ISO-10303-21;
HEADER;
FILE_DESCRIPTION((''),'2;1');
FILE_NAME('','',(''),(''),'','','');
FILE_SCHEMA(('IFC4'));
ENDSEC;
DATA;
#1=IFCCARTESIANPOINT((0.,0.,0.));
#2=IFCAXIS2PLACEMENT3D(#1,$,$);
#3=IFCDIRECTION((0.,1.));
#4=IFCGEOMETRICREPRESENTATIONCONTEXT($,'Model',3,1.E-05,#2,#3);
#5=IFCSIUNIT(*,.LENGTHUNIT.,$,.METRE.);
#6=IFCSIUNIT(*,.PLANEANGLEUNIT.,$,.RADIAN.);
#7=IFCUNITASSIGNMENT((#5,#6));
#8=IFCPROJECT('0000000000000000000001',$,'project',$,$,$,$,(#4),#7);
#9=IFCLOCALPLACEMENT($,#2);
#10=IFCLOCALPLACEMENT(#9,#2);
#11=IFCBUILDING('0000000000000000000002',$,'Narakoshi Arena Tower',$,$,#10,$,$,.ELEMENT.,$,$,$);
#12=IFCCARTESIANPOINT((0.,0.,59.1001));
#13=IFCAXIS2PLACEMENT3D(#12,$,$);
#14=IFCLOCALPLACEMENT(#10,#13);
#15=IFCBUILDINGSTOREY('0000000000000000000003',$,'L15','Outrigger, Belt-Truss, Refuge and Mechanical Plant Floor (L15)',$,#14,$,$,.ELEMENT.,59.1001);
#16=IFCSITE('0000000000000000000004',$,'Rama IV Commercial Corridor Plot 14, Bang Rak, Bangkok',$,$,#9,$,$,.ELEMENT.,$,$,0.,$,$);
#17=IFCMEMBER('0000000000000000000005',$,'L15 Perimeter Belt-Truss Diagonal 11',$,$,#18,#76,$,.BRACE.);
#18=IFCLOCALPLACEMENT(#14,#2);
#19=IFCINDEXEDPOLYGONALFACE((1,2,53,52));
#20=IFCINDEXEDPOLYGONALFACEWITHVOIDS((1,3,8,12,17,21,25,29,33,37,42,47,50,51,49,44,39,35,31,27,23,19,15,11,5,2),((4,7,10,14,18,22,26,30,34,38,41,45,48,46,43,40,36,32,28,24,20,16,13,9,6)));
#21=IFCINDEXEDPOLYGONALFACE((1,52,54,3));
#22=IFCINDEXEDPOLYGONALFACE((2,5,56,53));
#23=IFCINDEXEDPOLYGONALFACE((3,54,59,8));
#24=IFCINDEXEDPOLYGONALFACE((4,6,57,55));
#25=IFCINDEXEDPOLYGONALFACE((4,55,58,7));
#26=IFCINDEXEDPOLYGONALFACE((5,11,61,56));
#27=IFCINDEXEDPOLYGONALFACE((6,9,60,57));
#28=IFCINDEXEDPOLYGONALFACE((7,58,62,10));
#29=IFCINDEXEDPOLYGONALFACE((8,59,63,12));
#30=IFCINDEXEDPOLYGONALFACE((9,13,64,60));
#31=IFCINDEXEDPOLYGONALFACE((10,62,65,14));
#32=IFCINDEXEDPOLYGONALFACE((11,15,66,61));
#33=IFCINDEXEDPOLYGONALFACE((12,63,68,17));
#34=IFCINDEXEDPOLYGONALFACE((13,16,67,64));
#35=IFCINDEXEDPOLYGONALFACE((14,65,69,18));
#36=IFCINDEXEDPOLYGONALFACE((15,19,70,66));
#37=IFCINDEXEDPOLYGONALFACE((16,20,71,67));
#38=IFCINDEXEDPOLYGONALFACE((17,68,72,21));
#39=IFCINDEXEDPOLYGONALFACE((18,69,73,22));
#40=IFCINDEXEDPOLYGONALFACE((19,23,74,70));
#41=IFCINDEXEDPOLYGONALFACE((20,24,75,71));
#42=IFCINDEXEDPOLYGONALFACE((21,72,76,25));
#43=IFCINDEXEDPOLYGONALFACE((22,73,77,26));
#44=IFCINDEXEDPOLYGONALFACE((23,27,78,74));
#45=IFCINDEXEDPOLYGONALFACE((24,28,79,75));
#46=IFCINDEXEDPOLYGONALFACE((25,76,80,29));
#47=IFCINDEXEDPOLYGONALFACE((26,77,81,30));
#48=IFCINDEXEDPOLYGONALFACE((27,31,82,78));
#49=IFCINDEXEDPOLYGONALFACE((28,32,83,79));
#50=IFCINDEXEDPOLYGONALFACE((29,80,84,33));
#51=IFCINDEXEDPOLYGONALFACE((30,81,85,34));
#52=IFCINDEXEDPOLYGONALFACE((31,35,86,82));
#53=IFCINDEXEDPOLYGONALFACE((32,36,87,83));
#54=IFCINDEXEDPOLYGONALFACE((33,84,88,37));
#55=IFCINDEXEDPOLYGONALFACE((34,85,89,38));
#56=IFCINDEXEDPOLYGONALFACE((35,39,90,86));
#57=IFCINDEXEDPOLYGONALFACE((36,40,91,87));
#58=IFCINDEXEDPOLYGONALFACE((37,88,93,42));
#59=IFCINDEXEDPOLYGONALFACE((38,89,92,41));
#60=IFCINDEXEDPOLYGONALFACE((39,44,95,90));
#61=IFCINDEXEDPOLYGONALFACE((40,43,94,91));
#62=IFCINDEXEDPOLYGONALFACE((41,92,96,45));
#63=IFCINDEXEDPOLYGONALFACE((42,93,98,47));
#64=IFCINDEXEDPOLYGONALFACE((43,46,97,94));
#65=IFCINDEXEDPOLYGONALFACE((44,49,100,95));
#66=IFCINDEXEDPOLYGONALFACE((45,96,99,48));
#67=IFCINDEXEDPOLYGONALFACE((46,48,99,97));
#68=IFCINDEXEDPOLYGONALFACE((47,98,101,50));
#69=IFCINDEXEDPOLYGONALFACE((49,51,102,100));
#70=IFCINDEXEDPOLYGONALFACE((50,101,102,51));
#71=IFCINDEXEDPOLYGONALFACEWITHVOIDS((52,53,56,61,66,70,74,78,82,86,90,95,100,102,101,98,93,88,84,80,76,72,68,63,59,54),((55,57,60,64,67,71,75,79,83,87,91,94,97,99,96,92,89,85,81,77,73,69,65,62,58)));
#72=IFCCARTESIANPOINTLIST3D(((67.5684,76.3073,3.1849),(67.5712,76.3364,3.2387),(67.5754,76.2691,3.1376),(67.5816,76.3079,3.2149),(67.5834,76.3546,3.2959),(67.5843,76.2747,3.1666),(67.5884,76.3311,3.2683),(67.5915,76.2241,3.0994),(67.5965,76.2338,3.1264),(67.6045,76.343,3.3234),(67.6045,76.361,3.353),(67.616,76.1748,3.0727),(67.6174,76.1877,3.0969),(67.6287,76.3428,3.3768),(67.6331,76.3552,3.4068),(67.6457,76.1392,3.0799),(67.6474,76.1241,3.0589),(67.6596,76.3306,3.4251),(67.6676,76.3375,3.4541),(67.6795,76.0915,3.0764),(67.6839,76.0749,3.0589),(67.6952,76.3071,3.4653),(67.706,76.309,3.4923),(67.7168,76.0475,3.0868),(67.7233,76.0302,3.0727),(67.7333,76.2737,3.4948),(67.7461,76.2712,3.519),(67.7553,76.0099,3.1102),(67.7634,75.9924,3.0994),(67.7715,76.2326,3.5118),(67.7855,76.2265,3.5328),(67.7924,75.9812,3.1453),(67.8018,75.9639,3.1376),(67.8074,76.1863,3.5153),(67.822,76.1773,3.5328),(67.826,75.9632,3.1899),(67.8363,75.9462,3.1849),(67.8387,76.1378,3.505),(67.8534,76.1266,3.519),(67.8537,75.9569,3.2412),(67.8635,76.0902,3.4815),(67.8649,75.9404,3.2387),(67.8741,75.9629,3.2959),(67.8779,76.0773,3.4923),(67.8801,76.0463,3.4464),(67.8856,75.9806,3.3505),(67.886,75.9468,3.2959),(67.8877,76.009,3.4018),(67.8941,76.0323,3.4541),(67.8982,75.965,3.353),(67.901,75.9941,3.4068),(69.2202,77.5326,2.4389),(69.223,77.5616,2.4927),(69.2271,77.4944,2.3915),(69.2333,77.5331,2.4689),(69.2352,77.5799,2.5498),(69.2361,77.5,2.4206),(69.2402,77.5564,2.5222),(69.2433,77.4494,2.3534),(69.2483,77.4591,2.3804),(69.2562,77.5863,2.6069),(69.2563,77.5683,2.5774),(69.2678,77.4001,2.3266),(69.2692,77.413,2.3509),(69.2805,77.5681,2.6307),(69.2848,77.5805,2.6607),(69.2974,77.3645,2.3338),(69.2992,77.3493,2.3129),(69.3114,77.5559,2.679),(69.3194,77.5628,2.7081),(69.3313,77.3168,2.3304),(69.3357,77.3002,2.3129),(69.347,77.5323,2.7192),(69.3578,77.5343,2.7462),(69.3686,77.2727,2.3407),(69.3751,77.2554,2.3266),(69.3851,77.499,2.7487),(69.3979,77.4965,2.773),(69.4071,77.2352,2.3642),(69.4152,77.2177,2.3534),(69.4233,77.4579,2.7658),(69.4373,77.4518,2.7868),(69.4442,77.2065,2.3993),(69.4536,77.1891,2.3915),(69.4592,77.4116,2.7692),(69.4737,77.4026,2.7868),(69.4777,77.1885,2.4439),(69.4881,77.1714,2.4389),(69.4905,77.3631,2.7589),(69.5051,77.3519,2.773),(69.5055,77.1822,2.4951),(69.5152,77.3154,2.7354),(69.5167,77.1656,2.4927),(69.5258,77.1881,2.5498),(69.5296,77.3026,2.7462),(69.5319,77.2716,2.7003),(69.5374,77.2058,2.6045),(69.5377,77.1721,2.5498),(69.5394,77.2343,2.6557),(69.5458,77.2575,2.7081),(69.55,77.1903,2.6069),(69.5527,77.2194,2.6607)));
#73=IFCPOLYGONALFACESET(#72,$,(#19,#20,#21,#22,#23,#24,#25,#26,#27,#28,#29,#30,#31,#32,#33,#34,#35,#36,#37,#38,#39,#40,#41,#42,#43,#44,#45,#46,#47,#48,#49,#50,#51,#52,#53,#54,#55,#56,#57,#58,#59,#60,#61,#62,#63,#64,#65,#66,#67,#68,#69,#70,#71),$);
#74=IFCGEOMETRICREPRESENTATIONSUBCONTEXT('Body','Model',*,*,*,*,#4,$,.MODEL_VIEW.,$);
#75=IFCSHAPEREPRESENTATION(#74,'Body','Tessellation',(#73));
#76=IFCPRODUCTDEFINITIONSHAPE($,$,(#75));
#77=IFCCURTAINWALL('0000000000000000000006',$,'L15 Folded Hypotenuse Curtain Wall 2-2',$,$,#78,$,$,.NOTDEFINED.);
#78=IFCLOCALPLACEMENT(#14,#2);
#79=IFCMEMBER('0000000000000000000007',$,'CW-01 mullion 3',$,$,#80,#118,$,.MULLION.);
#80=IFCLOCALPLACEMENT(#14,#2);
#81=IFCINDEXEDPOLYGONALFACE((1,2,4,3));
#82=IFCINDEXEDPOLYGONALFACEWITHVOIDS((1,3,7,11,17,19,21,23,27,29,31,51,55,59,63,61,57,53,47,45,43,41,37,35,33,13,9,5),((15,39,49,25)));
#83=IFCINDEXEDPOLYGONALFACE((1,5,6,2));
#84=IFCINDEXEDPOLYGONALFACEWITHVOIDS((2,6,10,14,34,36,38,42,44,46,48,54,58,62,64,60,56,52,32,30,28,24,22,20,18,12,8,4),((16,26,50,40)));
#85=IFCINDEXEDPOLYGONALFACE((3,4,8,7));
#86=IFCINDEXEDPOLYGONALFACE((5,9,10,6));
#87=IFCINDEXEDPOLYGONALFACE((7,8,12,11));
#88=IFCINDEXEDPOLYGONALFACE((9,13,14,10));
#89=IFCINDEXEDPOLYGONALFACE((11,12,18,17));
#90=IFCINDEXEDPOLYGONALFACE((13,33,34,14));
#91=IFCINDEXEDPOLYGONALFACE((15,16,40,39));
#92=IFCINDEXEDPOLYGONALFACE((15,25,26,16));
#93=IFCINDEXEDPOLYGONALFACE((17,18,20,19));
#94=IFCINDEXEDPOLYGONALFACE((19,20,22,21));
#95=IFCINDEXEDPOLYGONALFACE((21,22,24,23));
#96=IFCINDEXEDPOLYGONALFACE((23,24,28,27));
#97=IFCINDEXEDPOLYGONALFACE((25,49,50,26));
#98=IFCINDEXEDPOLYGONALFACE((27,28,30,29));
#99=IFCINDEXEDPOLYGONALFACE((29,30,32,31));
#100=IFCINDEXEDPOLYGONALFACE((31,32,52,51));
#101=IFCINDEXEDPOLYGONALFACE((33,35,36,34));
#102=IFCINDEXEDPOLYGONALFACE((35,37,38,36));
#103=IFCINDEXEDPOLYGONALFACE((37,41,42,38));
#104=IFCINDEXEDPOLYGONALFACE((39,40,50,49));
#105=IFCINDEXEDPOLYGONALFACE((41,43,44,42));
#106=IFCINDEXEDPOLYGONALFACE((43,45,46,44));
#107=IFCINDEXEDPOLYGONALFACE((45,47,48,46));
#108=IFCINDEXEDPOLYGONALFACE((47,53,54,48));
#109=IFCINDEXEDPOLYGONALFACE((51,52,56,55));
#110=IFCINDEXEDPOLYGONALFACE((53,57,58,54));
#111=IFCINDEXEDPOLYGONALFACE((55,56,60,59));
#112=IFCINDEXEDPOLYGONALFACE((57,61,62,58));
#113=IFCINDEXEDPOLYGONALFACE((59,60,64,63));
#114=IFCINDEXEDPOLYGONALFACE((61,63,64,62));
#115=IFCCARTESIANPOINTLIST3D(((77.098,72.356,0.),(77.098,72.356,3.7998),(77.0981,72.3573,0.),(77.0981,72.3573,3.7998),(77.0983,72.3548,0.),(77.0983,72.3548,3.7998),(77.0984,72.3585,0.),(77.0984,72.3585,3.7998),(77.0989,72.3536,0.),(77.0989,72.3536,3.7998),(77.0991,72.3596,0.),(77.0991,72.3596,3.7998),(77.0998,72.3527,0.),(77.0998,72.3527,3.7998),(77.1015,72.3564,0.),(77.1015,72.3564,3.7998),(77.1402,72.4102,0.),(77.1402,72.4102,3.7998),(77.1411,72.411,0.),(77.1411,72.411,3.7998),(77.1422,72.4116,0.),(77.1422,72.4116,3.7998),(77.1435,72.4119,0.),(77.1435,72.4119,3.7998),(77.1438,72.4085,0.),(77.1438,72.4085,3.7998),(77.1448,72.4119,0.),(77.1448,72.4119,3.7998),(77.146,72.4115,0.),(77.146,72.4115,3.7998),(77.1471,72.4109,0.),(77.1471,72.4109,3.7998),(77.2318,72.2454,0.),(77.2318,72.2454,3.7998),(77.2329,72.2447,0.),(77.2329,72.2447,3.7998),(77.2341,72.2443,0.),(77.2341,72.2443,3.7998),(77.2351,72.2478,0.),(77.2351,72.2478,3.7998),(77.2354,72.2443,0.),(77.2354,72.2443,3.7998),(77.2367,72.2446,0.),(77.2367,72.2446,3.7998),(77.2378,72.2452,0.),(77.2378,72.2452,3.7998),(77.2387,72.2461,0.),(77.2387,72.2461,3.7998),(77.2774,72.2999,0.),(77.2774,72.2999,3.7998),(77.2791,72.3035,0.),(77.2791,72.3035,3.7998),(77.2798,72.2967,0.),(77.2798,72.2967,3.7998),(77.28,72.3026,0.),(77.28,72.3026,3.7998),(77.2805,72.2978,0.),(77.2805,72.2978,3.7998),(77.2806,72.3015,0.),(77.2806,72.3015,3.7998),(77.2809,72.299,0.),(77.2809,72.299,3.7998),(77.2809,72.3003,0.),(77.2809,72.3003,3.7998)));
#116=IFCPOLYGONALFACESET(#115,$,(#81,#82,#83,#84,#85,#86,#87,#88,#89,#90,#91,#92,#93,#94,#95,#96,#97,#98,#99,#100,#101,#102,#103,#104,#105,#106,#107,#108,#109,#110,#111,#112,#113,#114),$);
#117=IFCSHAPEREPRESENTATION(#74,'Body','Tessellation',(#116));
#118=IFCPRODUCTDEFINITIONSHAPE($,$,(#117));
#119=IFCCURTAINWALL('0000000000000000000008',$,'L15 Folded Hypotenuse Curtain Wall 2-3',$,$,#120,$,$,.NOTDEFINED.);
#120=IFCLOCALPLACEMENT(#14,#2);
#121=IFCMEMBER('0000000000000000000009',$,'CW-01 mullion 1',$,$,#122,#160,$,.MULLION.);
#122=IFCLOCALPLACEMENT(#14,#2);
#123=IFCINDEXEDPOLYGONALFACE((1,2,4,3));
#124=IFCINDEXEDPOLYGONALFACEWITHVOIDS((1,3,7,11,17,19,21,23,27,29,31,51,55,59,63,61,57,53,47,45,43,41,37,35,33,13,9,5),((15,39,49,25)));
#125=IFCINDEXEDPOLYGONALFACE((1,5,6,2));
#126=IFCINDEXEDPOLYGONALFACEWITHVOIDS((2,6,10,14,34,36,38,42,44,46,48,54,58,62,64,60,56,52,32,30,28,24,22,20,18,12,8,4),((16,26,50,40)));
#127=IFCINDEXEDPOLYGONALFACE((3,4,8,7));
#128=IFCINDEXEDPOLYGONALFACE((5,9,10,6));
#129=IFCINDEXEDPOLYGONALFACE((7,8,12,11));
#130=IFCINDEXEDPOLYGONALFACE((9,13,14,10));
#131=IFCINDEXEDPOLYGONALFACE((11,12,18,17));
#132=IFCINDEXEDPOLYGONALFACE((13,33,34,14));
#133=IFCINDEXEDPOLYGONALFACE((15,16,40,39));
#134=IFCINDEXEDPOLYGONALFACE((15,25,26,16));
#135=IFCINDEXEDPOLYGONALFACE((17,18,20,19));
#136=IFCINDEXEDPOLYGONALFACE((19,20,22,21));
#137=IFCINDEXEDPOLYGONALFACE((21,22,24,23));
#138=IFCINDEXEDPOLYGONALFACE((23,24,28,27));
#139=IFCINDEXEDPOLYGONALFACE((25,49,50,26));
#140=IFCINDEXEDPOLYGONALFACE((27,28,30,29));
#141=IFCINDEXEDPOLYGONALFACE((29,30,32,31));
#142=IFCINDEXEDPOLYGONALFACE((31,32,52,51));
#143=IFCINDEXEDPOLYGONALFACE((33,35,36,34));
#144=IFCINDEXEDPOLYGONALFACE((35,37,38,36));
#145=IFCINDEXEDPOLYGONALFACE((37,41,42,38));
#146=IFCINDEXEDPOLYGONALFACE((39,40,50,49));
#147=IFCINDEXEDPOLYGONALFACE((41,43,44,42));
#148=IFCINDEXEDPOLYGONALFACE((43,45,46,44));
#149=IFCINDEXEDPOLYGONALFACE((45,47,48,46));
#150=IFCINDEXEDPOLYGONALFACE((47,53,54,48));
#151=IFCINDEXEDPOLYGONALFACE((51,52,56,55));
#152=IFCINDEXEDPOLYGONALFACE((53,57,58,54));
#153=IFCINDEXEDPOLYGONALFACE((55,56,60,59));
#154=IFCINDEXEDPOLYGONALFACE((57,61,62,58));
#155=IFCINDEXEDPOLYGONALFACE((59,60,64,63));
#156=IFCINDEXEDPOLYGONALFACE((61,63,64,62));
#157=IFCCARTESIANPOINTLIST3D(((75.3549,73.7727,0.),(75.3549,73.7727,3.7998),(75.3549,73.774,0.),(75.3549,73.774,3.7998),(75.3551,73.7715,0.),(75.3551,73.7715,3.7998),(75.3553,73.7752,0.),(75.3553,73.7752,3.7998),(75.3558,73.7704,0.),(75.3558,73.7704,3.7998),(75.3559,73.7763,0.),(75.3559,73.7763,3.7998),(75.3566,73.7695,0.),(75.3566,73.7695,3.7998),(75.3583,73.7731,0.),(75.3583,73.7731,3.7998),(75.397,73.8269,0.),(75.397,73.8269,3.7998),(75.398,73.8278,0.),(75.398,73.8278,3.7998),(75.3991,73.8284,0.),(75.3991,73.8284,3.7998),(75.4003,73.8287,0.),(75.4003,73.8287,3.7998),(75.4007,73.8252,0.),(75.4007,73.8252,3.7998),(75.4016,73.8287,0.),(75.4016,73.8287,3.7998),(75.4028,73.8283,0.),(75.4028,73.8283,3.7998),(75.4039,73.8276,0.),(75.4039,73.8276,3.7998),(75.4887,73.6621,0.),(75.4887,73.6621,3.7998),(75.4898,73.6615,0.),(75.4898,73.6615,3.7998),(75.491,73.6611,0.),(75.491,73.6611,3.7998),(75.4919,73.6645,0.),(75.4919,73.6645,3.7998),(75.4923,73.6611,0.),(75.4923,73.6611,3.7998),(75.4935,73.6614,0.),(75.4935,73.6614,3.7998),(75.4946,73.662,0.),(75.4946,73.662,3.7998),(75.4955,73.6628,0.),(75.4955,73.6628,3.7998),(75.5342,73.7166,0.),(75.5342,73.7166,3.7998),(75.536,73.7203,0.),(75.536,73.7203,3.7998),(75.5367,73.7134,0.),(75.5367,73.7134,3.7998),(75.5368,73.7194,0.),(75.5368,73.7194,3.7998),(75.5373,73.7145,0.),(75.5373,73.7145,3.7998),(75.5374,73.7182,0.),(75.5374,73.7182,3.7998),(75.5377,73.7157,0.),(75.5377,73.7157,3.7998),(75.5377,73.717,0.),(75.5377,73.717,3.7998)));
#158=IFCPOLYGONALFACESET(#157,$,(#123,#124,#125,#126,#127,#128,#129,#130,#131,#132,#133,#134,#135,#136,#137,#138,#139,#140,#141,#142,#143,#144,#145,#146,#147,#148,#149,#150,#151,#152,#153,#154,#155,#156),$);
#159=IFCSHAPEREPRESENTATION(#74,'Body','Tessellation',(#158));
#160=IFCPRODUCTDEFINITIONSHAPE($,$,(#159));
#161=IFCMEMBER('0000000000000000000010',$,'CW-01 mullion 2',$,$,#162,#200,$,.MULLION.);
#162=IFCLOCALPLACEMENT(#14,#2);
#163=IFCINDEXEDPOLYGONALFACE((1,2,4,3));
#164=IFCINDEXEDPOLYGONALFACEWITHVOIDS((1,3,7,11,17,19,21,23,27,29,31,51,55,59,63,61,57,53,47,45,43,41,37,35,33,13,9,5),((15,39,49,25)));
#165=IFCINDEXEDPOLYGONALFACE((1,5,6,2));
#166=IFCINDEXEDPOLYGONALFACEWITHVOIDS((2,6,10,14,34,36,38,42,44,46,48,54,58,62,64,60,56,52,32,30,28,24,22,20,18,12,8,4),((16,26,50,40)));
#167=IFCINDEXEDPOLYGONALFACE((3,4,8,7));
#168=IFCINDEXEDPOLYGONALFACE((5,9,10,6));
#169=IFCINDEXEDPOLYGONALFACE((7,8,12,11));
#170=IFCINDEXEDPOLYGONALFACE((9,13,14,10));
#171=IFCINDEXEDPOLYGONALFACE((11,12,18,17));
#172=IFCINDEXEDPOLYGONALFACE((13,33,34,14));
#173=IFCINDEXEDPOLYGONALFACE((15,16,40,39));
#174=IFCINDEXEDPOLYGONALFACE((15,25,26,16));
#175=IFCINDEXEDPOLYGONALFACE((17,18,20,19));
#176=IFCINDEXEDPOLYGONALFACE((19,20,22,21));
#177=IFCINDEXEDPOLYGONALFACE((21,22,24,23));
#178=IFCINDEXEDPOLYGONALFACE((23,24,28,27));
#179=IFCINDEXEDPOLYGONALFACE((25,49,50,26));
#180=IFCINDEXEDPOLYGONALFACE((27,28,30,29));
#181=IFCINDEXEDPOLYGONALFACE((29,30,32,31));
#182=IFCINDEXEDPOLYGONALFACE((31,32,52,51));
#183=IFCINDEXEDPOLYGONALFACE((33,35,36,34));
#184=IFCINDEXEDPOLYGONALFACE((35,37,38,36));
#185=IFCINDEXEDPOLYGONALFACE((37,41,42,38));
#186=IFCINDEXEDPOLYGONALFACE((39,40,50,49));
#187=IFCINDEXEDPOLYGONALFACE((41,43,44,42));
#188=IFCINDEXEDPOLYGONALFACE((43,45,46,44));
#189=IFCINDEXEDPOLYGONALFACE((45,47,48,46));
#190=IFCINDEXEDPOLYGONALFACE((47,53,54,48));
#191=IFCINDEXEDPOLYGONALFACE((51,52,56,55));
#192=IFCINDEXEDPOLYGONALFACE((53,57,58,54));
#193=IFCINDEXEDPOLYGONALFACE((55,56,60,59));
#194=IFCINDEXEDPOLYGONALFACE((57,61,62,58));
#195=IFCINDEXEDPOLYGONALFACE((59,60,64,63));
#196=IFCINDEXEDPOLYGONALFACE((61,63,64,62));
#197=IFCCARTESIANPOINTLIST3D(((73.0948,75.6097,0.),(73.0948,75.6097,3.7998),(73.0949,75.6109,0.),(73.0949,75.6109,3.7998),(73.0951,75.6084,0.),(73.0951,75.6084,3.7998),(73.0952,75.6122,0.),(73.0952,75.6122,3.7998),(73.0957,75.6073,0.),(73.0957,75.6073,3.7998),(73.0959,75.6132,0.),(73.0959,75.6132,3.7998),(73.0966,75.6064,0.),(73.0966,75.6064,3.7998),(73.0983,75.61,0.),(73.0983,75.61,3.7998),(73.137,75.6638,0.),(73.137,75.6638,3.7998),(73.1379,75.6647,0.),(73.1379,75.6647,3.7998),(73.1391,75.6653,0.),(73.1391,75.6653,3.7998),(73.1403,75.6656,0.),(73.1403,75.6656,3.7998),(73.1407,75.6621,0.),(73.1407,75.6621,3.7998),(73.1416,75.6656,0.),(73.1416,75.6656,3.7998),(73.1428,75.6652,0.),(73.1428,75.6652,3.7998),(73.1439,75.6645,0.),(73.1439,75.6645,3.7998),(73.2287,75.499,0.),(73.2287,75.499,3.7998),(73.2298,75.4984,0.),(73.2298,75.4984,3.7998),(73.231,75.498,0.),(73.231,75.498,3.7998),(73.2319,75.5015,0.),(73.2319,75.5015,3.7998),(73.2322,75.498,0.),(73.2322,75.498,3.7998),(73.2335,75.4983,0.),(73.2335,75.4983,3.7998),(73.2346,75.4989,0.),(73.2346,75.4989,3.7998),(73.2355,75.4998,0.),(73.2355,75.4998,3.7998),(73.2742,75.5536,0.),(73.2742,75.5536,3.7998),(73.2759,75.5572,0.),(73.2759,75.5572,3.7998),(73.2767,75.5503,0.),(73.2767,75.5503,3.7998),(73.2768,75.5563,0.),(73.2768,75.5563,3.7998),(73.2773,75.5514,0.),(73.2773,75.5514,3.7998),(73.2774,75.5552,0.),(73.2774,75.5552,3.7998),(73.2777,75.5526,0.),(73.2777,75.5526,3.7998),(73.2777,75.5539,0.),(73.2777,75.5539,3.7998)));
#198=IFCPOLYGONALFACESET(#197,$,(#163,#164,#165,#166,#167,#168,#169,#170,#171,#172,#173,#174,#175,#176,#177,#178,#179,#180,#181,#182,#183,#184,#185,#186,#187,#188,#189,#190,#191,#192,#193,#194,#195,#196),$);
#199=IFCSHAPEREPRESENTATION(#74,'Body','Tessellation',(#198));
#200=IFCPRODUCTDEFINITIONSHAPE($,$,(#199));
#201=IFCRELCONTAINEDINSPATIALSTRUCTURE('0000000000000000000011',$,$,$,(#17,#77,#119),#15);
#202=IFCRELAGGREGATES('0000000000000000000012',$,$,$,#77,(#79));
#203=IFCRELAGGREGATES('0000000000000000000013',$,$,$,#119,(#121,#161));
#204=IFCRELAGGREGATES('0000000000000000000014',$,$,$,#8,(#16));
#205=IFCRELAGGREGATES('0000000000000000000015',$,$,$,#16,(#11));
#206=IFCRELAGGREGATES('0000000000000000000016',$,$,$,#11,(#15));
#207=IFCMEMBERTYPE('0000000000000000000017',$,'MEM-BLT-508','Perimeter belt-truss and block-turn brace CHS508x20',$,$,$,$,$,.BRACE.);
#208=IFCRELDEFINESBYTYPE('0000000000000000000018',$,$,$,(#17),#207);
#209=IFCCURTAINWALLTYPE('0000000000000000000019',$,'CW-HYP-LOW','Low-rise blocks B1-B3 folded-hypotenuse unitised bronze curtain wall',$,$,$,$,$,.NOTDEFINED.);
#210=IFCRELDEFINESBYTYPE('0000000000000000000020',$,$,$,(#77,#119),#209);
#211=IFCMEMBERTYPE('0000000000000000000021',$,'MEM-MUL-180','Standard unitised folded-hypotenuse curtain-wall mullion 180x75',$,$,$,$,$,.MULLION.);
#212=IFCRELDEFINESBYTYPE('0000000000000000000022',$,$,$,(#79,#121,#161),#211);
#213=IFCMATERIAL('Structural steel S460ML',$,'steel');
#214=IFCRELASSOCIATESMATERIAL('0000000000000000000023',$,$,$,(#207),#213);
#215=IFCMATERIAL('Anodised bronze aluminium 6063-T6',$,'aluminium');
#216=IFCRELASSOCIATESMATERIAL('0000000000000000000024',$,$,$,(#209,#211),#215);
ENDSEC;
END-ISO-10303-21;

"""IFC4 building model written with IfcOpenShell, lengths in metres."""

from ifc_helpers import new_model, si_unit, direction, frame, origin, origin_2d, place, context, subcontext, project, spatial, hollow_rectangle, hollow_circle, extrude, material, material_profile, profile_set, type_object, element, aggregate, save


model = new_model("IFC4")

# Units and contexts
model_context = context("Model", 3, precision=1e-05, world=origin(), true_north=direction((0.0, 1.0)))
body_context = subcontext(model_context, "Body", "Model", "MODEL_VIEW")
ifc_project = project(units=[si_unit("LENGTHUNIT", "METRE"), si_unit("PLANEANGLEUNIT", "RADIAN")], contexts=[model_context])

# Site, building, storey
site_placement = place(None, origin())
site = spatial("IfcSite", under=ifc_project, at=site_placement, Name="Rama IV Commercial Corridor Plot 14, Bang Rak, Bangkok", CompositionType="ELEMENT", RefElevation=0.0)
building_placement = place(site_placement, origin())
building = spatial("IfcBuilding", under=site, at=building_placement, Name="Narakoshi Arena Tower", CompositionType="ELEMENT")
storey_placement = place(building_placement, frame((0.0, 0.0, 59.1001)))
storey = spatial("IfcBuildingStorey", under=building, at=storey_placement, Name="L15", Description="Outrigger, Belt-Truss, Refuge and Mechanical Plant Floor (L15)", CompositionType="ELEMENT", Elevation=59.1001)

# Shared definitions
ifc_material_1 = material(Name="Structural steel S460ML", Category="steel")

# Member
ifc_material_profile_1 = material_profile(ifc_material_1, hollow_circle(Radius=0.2539, WallThickness=0.02, at=origin_2d()), Name="CHS508x20")
ifc_profile_set_1 = profile_set([ifc_material_profile_1], Name="Structural steel S460ML")
member_type_1 = type_object("IfcMemberType", Name="MEM-BLT-508", Description="Perimeter belt-truss and block-turn brace CHS508x20", PredefinedType="BRACE", material=ifc_profile_set_1)
member_1_placement = place(storey_placement, frame((69.3865, 77.376, 2.5498), z_axis=(-0.755009, -0.560063, 0.341015), x_axis=(0.595775, -0.803151, 0.0)))
element("IfcMember", 1, at=member_1_placement, inside=storey, type_object=member_type_1, Name="L15 Perimeter Belt-Truss Diagonal 11", PredefinedType="BRACE", context=body_context, shape_type="SweptSolid", body=[
    extrude(hollow_circle(Radius=0.2539, WallThickness=0.02, at=origin_2d()), origin(), (0.0, 0.0, 1.0), 2.1877),
])

# Curtain wall, member
ifc_material_2 = material(Name="Anodised bronze aluminium 6063-T6", Category="aluminium")
curtain_wall_type = type_object("IfcCurtainWallType", Name="CW-HYP-LOW", Description="Low-rise blocks B1-B3 folded-hypotenuse unitised bronze curtain wall", PredefinedType="NOTDEFINED", material=ifc_material_2)
curtain_wall_1_placement = place(storey_placement, origin())
curtain_wall_1 = element("IfcCurtainWall", 2, at=curtain_wall_1_placement, inside=storey, type_object=curtain_wall_type, Name="L15 Folded Hypotenuse Curtain Wall 2-2", PredefinedType="NOTDEFINED")
ifc_material_profile_2 = material_profile(ifc_material_2, hollow_rectangle(XDim=0.075, YDim=0.1799, WallThickness=0.0039, OuterFilletRadius=0.0049, at=origin_2d()), Name="MUL180x75x4")
ifc_profile_set_2 = profile_set([ifc_material_profile_2], Name="Anodised bronze aluminium 6063-T6")
member_type_2 = type_object("IfcMemberType", Name="MEM-MUL-180", Description="Standard unitised folded-hypotenuse curtain-wall mullion 180x75", PredefinedType="MULLION", material=ifc_profile_set_2)
member_2_placement = place(storey_placement, frame((77.1895, 72.3281, 0.0), z_axis=(0.0, 0.0, 1.0), x_axis=(-0.630733, -0.776, 0.0)))
member_2 = element("IfcMember", 3, at=member_2_placement, type_object=member_type_2, Name="CW-01 mullion 3", PredefinedType="MULLION", context=body_context, shape_type="SweptSolid", body=[
    extrude(hollow_rectangle(XDim=0.075, YDim=0.1799, WallThickness=0.0039, OuterFilletRadius=0.0049, at=origin_2d()), origin(), (0.0, 0.0, 1.0), 3.7998),
])

# Curtain wall, members
curtain_wall_2_placement = place(storey_placement, origin())
curtain_wall_2 = element("IfcCurtainWall", 4, at=curtain_wall_2_placement, inside=storey, type_object=curtain_wall_type, Name="L15 Folded Hypotenuse Curtain Wall 2-3", PredefinedType="NOTDEFINED")
member_3_placement = place(storey_placement, frame((75.4463, 73.7449, 0.0), z_axis=(0.0, 0.0, 1.0), x_axis=(-0.630732, -0.776, 0.0)))
member_3 = element("IfcMember", 5, at=member_3_placement, type_object=member_type_2, Name="CW-01 mullion 1", PredefinedType="MULLION", context=body_context, shape_type="SweptSolid", body=[
    extrude(hollow_rectangle(XDim=0.075, YDim=0.1799, WallThickness=0.0039, OuterFilletRadius=0.0049, at=origin_2d()), origin(), (0.0, 0.0, 1.0), 3.7998),
])
member_4_placement = place(storey_placement, frame((73.1863, 75.5818, 0.0), z_axis=(0.0, 0.0, 1.0), x_axis=(-0.630732, -0.776, 0.0)))
member_4 = element("IfcMember", 6, at=member_4_placement, type_object=member_type_2, Name="CW-01 mullion 2", PredefinedType="MULLION", context=body_context, shape_type="SweptSolid", body=[
    extrude(hollow_rectangle(XDim=0.075, YDim=0.1799, WallThickness=0.0039, OuterFilletRadius=0.0049, at=origin_2d()), origin(), (0.0, 0.0, 1.0), 3.7998),
])

aggregate(curtain_wall_1, [member_2])
aggregate(curtain_wall_2, [member_3, member_4])

save(model, "model.ifc")
